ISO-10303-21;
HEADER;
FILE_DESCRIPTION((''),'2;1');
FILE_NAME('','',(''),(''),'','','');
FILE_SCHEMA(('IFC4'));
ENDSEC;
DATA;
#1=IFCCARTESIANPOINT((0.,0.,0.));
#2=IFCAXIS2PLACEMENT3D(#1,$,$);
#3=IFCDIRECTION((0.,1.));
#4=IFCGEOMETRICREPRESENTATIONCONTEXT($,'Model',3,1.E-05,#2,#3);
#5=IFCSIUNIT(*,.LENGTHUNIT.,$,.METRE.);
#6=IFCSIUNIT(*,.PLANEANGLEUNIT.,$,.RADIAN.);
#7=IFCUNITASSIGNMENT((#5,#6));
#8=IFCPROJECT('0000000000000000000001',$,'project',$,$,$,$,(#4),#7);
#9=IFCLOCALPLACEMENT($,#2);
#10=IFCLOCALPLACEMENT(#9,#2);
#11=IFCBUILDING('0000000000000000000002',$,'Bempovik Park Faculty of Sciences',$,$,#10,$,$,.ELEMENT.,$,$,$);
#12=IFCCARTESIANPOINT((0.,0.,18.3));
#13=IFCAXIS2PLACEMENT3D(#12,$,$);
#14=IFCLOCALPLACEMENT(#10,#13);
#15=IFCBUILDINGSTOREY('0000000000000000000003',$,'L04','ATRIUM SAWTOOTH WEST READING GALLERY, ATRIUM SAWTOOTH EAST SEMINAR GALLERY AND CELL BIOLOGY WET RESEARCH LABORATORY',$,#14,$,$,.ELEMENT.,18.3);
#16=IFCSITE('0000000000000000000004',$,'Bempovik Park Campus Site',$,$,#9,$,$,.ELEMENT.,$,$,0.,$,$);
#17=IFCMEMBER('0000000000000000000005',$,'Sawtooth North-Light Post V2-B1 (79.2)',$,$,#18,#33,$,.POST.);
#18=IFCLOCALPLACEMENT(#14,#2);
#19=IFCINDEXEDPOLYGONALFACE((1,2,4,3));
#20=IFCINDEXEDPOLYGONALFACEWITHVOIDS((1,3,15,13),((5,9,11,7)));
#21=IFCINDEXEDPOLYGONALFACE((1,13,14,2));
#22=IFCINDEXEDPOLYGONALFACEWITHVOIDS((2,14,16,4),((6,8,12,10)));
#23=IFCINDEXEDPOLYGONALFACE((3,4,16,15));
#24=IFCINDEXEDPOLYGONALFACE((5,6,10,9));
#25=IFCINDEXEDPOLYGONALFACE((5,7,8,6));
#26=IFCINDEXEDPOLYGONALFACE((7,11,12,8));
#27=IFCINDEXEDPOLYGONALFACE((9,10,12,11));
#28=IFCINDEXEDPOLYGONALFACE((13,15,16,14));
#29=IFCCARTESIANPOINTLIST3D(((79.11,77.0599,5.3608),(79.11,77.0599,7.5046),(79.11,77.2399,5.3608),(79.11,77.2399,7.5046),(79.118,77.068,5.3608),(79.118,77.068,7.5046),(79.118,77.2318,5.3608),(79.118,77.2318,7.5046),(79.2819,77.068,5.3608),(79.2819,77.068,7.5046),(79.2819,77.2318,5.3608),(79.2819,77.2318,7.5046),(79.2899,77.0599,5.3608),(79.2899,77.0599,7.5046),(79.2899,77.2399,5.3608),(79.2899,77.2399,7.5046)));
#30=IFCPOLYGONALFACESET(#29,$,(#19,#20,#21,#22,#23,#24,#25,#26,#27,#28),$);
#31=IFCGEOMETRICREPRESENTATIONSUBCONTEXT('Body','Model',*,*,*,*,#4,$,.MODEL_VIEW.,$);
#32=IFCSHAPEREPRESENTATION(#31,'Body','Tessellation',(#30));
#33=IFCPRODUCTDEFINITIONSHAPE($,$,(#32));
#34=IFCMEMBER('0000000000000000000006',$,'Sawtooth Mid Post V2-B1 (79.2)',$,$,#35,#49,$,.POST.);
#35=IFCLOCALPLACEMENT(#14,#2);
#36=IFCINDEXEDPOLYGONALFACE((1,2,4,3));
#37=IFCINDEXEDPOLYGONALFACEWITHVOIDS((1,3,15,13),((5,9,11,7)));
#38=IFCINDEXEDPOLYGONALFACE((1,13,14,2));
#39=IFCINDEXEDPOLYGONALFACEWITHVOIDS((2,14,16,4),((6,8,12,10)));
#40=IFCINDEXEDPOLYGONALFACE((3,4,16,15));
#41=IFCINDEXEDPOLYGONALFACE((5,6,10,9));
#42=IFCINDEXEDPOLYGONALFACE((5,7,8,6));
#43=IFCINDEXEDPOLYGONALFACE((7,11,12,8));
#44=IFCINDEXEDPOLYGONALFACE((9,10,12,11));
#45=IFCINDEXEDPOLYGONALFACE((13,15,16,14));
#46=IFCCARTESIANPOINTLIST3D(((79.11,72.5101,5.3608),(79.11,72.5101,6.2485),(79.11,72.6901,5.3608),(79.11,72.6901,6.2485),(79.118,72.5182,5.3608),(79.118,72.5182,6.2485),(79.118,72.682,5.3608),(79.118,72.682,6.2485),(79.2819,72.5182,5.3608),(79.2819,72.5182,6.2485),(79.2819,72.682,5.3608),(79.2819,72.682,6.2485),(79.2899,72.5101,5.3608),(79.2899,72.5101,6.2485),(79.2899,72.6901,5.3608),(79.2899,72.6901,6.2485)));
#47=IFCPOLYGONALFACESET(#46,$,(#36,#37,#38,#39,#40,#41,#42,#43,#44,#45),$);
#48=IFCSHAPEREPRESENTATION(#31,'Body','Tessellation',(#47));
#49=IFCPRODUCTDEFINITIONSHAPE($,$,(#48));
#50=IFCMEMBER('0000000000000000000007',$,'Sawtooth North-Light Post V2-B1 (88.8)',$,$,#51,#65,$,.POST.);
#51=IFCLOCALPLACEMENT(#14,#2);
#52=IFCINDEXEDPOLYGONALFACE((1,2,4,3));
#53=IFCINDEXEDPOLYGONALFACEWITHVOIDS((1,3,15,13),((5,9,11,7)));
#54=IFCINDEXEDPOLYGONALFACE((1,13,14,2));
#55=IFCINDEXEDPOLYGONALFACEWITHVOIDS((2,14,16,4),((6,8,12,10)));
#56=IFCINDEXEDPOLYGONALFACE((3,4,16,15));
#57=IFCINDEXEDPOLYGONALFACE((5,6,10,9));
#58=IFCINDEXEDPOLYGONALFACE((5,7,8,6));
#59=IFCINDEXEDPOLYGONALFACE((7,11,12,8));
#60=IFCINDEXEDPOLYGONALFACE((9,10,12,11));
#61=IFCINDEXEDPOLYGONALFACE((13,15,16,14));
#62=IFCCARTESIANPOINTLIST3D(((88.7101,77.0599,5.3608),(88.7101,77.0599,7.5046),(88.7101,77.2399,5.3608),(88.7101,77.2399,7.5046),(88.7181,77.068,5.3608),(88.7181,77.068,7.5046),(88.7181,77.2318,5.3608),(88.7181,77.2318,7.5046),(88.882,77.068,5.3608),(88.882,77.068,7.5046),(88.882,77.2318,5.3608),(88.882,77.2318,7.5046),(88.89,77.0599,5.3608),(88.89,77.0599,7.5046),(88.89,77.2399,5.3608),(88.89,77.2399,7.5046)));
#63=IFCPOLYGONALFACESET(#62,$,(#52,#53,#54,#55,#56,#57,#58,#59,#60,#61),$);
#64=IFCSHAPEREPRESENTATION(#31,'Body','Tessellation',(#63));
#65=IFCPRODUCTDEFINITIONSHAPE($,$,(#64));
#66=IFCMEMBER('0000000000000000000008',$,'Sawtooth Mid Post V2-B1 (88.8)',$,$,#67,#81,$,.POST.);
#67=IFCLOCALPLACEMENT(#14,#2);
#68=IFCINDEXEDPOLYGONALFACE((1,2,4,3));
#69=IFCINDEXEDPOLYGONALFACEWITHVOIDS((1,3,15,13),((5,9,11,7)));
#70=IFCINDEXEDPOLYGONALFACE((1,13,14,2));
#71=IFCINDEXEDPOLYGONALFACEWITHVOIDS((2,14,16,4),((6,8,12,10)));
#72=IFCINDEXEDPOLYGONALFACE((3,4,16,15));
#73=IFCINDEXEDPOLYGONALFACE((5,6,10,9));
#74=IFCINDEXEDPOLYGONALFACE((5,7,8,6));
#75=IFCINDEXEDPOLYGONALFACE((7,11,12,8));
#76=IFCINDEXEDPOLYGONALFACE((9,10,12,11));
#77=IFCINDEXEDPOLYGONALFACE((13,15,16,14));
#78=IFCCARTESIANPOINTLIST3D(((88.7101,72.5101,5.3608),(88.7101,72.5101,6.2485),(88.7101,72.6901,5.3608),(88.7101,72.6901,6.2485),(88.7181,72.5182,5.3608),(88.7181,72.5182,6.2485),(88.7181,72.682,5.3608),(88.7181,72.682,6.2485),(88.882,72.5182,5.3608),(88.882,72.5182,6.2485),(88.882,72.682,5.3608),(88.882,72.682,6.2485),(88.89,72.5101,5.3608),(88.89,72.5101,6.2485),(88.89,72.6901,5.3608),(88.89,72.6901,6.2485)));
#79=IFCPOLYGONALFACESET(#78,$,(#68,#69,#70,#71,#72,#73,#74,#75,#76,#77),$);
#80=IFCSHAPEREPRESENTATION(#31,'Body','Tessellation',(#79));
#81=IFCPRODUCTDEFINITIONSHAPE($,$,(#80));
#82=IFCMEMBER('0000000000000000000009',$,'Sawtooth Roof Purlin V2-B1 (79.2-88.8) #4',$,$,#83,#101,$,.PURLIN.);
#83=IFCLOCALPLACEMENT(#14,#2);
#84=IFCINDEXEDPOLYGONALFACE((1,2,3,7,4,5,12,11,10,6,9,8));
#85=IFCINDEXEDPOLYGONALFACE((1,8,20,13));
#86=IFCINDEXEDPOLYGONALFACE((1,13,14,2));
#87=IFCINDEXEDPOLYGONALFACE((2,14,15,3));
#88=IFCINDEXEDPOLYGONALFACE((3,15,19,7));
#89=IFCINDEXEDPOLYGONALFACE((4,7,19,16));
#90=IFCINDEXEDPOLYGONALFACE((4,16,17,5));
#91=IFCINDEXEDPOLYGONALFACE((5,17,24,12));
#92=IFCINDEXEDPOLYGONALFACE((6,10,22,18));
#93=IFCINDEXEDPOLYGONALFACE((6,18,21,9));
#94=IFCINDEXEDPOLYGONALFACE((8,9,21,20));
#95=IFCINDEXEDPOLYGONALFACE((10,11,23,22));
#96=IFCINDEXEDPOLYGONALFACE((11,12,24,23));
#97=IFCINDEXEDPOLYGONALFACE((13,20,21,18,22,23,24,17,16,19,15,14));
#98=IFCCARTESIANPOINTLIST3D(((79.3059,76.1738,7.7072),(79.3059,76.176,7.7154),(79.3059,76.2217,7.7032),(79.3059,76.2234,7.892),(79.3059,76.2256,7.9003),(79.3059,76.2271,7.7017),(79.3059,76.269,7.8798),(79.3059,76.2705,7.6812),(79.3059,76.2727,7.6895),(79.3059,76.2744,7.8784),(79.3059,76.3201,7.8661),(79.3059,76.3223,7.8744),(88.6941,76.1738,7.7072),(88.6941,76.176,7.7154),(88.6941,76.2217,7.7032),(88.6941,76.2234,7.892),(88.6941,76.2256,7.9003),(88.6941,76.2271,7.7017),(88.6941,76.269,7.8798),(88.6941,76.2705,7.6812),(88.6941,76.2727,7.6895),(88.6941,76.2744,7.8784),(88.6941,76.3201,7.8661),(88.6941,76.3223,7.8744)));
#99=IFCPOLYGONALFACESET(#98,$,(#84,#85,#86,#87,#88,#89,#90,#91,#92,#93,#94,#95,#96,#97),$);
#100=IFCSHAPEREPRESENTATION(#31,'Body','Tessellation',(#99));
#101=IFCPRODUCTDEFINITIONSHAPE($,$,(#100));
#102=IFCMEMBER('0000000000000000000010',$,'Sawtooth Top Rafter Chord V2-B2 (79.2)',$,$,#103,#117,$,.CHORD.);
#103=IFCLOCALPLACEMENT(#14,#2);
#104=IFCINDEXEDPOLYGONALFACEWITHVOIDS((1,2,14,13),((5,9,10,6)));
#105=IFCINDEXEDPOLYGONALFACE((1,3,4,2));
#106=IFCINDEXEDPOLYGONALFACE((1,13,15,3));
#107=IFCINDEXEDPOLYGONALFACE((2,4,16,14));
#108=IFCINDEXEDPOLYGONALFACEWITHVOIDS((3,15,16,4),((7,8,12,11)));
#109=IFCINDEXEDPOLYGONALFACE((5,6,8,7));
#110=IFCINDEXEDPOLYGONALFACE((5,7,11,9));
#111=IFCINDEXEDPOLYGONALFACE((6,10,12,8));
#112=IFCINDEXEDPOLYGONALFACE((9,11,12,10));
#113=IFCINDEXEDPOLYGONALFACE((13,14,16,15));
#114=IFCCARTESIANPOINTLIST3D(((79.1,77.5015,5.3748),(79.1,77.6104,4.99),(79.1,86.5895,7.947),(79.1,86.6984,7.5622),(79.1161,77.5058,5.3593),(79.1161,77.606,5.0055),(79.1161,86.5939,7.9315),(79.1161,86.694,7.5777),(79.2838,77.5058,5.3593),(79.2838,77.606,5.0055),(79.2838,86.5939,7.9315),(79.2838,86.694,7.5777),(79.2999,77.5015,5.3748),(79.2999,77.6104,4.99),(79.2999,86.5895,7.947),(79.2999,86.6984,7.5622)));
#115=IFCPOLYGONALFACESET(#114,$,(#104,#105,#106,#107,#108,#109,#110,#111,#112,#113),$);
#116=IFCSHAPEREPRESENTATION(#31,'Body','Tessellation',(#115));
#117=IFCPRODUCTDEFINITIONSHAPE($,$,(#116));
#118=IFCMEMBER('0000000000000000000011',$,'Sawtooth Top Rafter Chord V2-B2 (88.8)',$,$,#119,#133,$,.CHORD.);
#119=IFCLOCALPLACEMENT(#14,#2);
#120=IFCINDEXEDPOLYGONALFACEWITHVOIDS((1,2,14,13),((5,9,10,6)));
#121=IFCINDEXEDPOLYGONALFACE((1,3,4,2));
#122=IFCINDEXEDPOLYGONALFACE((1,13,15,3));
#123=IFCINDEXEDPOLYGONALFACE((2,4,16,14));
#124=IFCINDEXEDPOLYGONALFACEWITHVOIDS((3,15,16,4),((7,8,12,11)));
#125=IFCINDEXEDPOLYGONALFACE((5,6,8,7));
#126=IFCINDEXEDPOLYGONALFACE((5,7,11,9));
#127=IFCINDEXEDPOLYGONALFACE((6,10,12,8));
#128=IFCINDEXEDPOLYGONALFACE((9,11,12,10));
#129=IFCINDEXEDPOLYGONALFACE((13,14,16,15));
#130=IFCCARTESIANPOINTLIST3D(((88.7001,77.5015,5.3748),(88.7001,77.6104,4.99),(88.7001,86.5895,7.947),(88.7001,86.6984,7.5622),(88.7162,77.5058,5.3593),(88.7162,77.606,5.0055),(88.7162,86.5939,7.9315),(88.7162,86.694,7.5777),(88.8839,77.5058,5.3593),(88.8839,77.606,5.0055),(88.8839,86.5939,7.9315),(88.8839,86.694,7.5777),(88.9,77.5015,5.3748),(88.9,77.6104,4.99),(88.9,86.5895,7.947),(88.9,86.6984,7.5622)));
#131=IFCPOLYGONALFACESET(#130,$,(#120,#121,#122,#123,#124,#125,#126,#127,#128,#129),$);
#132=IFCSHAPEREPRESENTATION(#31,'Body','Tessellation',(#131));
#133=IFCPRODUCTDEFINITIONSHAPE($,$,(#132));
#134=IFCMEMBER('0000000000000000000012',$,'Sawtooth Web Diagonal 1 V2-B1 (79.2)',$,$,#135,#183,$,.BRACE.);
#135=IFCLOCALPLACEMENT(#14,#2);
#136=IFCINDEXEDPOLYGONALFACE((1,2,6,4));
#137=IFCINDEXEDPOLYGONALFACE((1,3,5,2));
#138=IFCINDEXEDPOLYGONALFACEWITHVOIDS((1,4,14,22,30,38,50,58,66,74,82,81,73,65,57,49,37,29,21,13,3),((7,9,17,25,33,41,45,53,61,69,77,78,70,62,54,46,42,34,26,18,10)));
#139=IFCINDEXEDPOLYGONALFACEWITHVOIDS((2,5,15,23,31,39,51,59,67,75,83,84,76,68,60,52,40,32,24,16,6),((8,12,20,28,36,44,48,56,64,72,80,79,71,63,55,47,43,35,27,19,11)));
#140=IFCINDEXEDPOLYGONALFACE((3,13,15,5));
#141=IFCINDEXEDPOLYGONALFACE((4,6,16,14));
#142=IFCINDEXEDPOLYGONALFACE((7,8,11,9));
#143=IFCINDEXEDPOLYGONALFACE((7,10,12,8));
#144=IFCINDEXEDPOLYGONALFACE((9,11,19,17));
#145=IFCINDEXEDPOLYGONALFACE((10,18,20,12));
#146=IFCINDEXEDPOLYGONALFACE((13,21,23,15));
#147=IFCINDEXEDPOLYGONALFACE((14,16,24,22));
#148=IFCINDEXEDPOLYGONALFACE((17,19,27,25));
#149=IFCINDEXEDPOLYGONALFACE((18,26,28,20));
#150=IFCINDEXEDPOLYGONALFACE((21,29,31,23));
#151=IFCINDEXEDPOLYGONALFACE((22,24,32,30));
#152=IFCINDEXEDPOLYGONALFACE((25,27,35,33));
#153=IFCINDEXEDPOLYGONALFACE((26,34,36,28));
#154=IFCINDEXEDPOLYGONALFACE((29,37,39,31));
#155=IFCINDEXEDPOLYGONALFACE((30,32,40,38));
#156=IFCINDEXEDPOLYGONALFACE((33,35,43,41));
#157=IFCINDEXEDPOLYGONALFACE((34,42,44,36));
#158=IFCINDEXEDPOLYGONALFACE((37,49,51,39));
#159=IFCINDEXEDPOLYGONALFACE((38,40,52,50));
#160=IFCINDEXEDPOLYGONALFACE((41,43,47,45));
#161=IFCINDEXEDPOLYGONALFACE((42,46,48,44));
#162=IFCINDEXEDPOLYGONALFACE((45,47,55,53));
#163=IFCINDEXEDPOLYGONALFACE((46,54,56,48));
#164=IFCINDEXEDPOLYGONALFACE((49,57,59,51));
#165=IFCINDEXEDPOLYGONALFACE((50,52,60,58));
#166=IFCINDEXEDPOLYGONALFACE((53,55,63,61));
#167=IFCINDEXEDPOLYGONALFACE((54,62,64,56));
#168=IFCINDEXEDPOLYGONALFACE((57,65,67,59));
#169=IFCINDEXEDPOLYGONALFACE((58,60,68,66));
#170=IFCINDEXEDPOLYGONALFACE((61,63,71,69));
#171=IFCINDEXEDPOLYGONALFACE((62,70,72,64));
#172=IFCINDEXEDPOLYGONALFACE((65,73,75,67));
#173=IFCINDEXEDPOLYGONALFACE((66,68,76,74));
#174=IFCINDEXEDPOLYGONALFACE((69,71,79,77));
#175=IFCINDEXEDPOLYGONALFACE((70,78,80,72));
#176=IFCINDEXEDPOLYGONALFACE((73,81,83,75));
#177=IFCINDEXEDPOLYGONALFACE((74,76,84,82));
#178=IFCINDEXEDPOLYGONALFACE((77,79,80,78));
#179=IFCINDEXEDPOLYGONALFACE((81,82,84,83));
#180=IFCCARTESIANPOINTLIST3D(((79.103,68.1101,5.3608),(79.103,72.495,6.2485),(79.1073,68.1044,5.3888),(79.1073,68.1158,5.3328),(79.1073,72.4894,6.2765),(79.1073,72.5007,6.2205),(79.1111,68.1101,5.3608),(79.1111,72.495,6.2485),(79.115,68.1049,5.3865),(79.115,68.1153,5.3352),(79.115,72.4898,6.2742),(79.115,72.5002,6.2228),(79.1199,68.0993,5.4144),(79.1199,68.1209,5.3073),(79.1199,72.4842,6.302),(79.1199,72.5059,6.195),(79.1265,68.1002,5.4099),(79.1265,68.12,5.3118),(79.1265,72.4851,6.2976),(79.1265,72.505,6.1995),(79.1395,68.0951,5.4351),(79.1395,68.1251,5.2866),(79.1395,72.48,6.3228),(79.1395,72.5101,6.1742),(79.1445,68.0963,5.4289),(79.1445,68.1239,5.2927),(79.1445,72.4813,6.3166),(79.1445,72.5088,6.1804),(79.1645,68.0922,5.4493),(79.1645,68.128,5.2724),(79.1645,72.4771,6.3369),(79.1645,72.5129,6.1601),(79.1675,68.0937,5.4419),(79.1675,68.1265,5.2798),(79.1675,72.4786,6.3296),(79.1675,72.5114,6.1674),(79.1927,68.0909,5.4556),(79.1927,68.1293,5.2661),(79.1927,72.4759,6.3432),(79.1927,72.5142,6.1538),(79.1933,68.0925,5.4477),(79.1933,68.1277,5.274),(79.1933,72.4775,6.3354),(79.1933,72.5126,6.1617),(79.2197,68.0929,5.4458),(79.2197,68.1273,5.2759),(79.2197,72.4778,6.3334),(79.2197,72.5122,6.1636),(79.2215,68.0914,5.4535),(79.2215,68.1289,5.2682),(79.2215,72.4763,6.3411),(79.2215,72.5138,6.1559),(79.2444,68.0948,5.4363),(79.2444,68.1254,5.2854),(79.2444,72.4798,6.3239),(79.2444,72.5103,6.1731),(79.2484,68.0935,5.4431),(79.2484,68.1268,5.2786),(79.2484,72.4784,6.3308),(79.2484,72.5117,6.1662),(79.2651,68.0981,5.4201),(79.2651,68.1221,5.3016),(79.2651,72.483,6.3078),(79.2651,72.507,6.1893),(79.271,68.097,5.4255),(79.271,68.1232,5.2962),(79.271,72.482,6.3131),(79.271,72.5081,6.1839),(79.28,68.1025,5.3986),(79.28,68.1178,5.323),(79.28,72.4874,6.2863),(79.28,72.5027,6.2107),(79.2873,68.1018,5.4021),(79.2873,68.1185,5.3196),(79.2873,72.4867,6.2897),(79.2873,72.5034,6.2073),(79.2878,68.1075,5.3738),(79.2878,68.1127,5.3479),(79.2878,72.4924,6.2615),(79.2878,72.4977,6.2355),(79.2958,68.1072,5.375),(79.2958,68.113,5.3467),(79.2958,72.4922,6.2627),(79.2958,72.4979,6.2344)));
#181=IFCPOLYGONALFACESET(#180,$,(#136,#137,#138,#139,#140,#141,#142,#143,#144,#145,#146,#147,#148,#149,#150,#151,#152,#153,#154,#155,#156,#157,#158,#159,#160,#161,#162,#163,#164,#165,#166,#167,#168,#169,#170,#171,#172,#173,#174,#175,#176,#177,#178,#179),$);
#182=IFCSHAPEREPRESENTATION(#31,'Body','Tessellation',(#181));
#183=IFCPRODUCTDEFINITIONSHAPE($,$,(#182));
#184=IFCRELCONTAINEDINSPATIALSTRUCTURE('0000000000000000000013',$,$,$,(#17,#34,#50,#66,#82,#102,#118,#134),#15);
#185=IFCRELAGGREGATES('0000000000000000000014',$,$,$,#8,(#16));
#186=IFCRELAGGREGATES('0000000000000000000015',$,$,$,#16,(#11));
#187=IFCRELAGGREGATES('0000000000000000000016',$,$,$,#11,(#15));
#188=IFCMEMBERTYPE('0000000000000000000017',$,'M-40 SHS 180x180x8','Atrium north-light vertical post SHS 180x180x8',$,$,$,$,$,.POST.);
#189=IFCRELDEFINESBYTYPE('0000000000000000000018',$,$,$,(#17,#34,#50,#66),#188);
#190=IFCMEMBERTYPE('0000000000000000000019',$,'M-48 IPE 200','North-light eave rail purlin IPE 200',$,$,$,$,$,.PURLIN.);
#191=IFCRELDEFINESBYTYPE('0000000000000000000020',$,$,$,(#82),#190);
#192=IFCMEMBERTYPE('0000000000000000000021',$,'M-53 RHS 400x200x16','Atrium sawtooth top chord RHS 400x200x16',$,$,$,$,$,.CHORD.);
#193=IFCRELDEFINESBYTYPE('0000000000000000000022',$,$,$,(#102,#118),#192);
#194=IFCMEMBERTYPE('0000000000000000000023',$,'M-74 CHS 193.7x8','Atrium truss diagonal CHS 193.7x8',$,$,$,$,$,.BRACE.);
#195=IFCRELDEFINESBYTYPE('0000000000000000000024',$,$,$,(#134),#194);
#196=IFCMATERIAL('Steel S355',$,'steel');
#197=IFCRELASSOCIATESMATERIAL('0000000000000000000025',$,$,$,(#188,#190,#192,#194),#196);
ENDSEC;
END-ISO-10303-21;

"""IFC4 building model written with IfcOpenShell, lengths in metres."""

from ifc_helpers import new_model, si_unit, direction, frame, origin, origin_2d, place, context, subcontext, project, spatial, hollow_rectangle, hollow_circle, i_section, extrude, material, material_profile, profile_set, type_object, element, save


model = new_model("IFC4")

# Units and contexts
model_context = context("Model", 3, precision=1e-05, world=origin(), true_north=direction((0.0, 1.0)))
body_context = subcontext(model_context, "Body", "Model", "MODEL_VIEW")
ifc_project = project(units=[si_unit("LENGTHUNIT", "METRE"), si_unit("PLANEANGLEUNIT", "RADIAN")], contexts=[model_context])

# Site, building, storey
site_placement = place(None, origin())
site = spatial("IfcSite", under=ifc_project, at=site_placement, Name="Bempovik Park Campus Site", CompositionType="ELEMENT", RefElevation=0.0)
building_placement = place(site_placement, origin())
building = spatial("IfcBuilding", under=site, at=building_placement, Name="Bempovik Park Faculty of Sciences", CompositionType="ELEMENT")
storey_placement = place(building_placement, frame((0.0, 0.0, 18.3)))
storey = spatial("IfcBuildingStorey", under=building, at=storey_placement, Name="L04", Description="ATRIUM SAWTOOTH WEST READING GALLERY, ATRIUM SAWTOOTH EAST SEMINAR GALLERY AND CELL BIOLOGY WET RESEARCH LABORATORY", CompositionType="ELEMENT", Elevation=18.3)

# Members
ifc_material_1 = material(Name="Steel S355", Category="steel")
ifc_material_profile_1 = material_profile(ifc_material_1, hollow_rectangle(XDim=0.1799, YDim=0.1799, WallThickness=0.0081, at=origin_2d()), Name="SHS 180x180x8")
ifc_profile_set_1 = profile_set([ifc_material_profile_1], Name="Steel S355")
member_type_1 = type_object("IfcMemberType", Name="M-40 SHS 180x180x8", Description="Atrium north-light vertical post SHS 180x180x8", PredefinedType="POST", material=ifc_profile_set_1)
member_1_placement = place(storey_placement, frame((79.2, 77.1499, 5.3608), z_axis=(0.0, 0.0, 1.0), x_axis=(1.0, 0.0, 0.0)))
element("IfcMember", 1, at=member_1_placement, inside=storey, type_object=member_type_1, Name="Sawtooth North-Light Post V2-B1 (79.2)", PredefinedType="POST", context=body_context, shape_type="SweptSolid", body=[
    extrude(hollow_rectangle(XDim=0.1799, YDim=0.1799, WallThickness=0.0081, at=origin_2d()), origin(), (0.0, 0.0, 1.0), 2.1438),
])
member_2_placement = place(storey_placement, frame((79.2, 72.6001, 5.3608), z_axis=(0.0, 0.0, 1.0), x_axis=(1.0, 0.0, 0.0)))
element("IfcMember", 2, at=member_2_placement, inside=storey, type_object=member_type_1, Name="Sawtooth Mid Post V2-B1 (79.2)", PredefinedType="POST", context=body_context, shape_type="SweptSolid", body=[
    extrude(hollow_rectangle(XDim=0.1799, YDim=0.1799, WallThickness=0.0081, at=origin_2d()), origin(), (0.0, 0.0, 1.0), 0.8877),
])
member_3_placement = place(storey_placement, frame((88.8, 77.1499, 5.3608), z_axis=(0.0, 0.0, 1.0), x_axis=(1.0, 0.0, 0.0)))
element("IfcMember", 3, at=member_3_placement, inside=storey, type_object=member_type_1, Name="Sawtooth North-Light Post V2-B1 (88.8)", PredefinedType="POST", context=body_context, shape_type="SweptSolid", body=[
    extrude(hollow_rectangle(XDim=0.1799, YDim=0.1799, WallThickness=0.0081, at=origin_2d()), origin(), (0.0, 0.0, 1.0), 2.1438),
])
member_4_placement = place(storey_placement, frame((88.8, 72.6001, 5.3608), z_axis=(0.0, 0.0, 1.0), x_axis=(1.0, 0.0, 0.0)))
element("IfcMember", 4, at=member_4_placement, inside=storey, type_object=member_type_1, Name="Sawtooth Mid Post V2-B1 (88.8)", PredefinedType="POST", context=body_context, shape_type="SweptSolid", body=[
    extrude(hollow_rectangle(XDim=0.1799, YDim=0.1799, WallThickness=0.0081, at=origin_2d()), origin(), (0.0, 0.0, 1.0), 0.8877),
])
ifc_material_profile_2 = material_profile(ifc_material_1, i_section(OverallWidth=0.1001, OverallDepth=0.2, WebThickness=0.0056, FlangeThickness=0.0085, at=origin_2d()), Name="IPE 200")
ifc_profile_set_2 = profile_set([ifc_material_profile_2], Name="Steel S355")
member_type_2 = type_object("IfcMemberType", Name="M-48 IPE 200", Description="North-light eave rail purlin IPE 200", PredefinedType="PURLIN", material=ifc_profile_set_2)
member_5_placement = place(storey_placement, frame((79.3059, 76.248, 7.7908), z_axis=(1.0, 0.0, 0.0), x_axis=(0.0, 0.965926, -0.258819)))
element("IfcMember", 5, at=member_5_placement, inside=storey, type_object=member_type_2, Name="Sawtooth Roof Purlin V2-B1 (79.2-88.8) #4", PredefinedType="PURLIN", context=body_context, shape_type="SweptSolid", body=[
    extrude(i_section(OverallWidth=0.1001, OverallDepth=0.2, WebThickness=0.0056, FlangeThickness=0.0085, at=origin_2d()), origin(), (0.0, 0.0, 1.0), 9.3882),
])
ifc_material_profile_3 = material_profile(ifc_material_1, hollow_rectangle(XDim=0.2, YDim=0.3999, WallThickness=0.0161, at=origin_2d()), Name="RHS 400x200x16")
ifc_profile_set_3 = profile_set([ifc_material_profile_3], Name="Steel S355")
member_type_3 = type_object("IfcMemberType", Name="M-53 RHS 400x200x16", Description="Atrium sawtooth top chord RHS 400x200x16", PredefinedType="CHORD", material=ifc_profile_set_3)
for number, where, z_axis, x_axis, name in (
    (6, (79.2, 77.5559, 5.1824), (0.0, 0.962202, 0.272337), (-1.0, 0.0, 0.0), "Sawtooth Top Rafter Chord V2-B2 (79.2)"),
    (7, (88.8, 77.5559, 5.1824), (0.0, 0.962202, 0.272337), (-1.0, 0.0, 0.0), "Sawtooth Top Rafter Chord V2-B2 (88.8)"),
):
    element("IfcMember", number, at=place(storey_placement, frame(where, z_axis=z_axis, x_axis=x_axis)), inside=storey, type_object=member_type_3, Name=name, PredefinedType="CHORD", context=body_context, shape_type="SweptSolid", body=[
        extrude(hollow_rectangle(XDim=0.2, YDim=0.3999, WallThickness=0.0161, at=origin_2d()), origin(), (0.0, 0.0, 1.0), 9.4451),
    ])
ifc_material_profile_4 = material_profile(ifc_material_1, hollow_circle(Radius=0.0969, WallThickness=0.0081, at=origin_2d()), Name="CHS 193.7x8")
ifc_profile_set_4 = profile_set([ifc_material_profile_4], Name="Steel S355")
member_type_4 = type_object("IfcMemberType", Name="M-74 CHS 193.7x8", Description="Atrium truss diagonal CHS 193.7x8", PredefinedType="BRACE", material=ifc_profile_set_4)
for number, where, z_axis, x_axis, name in (
    (8, (79.2, 68.1101, 5.3608), (0.0, 0.980118, 0.198414), (-1.0, 0.0, 0.0), "Sawtooth Web Diagonal 1 V2-B1 (79.2)"),
):
    element("IfcMember", number, at=place(storey_placement, frame(where, z_axis=z_axis, x_axis=x_axis)), inside=storey, type_object=member_type_4, Name=name, PredefinedType="BRACE", context=body_context, shape_type="SweptSolid", body=[
        extrude(hollow_circle(Radius=0.0969, WallThickness=0.0081, at=origin_2d()), origin(), (0.0, 0.0, 1.0), 4.4739),
    ])

save(model, "model.ifc")
